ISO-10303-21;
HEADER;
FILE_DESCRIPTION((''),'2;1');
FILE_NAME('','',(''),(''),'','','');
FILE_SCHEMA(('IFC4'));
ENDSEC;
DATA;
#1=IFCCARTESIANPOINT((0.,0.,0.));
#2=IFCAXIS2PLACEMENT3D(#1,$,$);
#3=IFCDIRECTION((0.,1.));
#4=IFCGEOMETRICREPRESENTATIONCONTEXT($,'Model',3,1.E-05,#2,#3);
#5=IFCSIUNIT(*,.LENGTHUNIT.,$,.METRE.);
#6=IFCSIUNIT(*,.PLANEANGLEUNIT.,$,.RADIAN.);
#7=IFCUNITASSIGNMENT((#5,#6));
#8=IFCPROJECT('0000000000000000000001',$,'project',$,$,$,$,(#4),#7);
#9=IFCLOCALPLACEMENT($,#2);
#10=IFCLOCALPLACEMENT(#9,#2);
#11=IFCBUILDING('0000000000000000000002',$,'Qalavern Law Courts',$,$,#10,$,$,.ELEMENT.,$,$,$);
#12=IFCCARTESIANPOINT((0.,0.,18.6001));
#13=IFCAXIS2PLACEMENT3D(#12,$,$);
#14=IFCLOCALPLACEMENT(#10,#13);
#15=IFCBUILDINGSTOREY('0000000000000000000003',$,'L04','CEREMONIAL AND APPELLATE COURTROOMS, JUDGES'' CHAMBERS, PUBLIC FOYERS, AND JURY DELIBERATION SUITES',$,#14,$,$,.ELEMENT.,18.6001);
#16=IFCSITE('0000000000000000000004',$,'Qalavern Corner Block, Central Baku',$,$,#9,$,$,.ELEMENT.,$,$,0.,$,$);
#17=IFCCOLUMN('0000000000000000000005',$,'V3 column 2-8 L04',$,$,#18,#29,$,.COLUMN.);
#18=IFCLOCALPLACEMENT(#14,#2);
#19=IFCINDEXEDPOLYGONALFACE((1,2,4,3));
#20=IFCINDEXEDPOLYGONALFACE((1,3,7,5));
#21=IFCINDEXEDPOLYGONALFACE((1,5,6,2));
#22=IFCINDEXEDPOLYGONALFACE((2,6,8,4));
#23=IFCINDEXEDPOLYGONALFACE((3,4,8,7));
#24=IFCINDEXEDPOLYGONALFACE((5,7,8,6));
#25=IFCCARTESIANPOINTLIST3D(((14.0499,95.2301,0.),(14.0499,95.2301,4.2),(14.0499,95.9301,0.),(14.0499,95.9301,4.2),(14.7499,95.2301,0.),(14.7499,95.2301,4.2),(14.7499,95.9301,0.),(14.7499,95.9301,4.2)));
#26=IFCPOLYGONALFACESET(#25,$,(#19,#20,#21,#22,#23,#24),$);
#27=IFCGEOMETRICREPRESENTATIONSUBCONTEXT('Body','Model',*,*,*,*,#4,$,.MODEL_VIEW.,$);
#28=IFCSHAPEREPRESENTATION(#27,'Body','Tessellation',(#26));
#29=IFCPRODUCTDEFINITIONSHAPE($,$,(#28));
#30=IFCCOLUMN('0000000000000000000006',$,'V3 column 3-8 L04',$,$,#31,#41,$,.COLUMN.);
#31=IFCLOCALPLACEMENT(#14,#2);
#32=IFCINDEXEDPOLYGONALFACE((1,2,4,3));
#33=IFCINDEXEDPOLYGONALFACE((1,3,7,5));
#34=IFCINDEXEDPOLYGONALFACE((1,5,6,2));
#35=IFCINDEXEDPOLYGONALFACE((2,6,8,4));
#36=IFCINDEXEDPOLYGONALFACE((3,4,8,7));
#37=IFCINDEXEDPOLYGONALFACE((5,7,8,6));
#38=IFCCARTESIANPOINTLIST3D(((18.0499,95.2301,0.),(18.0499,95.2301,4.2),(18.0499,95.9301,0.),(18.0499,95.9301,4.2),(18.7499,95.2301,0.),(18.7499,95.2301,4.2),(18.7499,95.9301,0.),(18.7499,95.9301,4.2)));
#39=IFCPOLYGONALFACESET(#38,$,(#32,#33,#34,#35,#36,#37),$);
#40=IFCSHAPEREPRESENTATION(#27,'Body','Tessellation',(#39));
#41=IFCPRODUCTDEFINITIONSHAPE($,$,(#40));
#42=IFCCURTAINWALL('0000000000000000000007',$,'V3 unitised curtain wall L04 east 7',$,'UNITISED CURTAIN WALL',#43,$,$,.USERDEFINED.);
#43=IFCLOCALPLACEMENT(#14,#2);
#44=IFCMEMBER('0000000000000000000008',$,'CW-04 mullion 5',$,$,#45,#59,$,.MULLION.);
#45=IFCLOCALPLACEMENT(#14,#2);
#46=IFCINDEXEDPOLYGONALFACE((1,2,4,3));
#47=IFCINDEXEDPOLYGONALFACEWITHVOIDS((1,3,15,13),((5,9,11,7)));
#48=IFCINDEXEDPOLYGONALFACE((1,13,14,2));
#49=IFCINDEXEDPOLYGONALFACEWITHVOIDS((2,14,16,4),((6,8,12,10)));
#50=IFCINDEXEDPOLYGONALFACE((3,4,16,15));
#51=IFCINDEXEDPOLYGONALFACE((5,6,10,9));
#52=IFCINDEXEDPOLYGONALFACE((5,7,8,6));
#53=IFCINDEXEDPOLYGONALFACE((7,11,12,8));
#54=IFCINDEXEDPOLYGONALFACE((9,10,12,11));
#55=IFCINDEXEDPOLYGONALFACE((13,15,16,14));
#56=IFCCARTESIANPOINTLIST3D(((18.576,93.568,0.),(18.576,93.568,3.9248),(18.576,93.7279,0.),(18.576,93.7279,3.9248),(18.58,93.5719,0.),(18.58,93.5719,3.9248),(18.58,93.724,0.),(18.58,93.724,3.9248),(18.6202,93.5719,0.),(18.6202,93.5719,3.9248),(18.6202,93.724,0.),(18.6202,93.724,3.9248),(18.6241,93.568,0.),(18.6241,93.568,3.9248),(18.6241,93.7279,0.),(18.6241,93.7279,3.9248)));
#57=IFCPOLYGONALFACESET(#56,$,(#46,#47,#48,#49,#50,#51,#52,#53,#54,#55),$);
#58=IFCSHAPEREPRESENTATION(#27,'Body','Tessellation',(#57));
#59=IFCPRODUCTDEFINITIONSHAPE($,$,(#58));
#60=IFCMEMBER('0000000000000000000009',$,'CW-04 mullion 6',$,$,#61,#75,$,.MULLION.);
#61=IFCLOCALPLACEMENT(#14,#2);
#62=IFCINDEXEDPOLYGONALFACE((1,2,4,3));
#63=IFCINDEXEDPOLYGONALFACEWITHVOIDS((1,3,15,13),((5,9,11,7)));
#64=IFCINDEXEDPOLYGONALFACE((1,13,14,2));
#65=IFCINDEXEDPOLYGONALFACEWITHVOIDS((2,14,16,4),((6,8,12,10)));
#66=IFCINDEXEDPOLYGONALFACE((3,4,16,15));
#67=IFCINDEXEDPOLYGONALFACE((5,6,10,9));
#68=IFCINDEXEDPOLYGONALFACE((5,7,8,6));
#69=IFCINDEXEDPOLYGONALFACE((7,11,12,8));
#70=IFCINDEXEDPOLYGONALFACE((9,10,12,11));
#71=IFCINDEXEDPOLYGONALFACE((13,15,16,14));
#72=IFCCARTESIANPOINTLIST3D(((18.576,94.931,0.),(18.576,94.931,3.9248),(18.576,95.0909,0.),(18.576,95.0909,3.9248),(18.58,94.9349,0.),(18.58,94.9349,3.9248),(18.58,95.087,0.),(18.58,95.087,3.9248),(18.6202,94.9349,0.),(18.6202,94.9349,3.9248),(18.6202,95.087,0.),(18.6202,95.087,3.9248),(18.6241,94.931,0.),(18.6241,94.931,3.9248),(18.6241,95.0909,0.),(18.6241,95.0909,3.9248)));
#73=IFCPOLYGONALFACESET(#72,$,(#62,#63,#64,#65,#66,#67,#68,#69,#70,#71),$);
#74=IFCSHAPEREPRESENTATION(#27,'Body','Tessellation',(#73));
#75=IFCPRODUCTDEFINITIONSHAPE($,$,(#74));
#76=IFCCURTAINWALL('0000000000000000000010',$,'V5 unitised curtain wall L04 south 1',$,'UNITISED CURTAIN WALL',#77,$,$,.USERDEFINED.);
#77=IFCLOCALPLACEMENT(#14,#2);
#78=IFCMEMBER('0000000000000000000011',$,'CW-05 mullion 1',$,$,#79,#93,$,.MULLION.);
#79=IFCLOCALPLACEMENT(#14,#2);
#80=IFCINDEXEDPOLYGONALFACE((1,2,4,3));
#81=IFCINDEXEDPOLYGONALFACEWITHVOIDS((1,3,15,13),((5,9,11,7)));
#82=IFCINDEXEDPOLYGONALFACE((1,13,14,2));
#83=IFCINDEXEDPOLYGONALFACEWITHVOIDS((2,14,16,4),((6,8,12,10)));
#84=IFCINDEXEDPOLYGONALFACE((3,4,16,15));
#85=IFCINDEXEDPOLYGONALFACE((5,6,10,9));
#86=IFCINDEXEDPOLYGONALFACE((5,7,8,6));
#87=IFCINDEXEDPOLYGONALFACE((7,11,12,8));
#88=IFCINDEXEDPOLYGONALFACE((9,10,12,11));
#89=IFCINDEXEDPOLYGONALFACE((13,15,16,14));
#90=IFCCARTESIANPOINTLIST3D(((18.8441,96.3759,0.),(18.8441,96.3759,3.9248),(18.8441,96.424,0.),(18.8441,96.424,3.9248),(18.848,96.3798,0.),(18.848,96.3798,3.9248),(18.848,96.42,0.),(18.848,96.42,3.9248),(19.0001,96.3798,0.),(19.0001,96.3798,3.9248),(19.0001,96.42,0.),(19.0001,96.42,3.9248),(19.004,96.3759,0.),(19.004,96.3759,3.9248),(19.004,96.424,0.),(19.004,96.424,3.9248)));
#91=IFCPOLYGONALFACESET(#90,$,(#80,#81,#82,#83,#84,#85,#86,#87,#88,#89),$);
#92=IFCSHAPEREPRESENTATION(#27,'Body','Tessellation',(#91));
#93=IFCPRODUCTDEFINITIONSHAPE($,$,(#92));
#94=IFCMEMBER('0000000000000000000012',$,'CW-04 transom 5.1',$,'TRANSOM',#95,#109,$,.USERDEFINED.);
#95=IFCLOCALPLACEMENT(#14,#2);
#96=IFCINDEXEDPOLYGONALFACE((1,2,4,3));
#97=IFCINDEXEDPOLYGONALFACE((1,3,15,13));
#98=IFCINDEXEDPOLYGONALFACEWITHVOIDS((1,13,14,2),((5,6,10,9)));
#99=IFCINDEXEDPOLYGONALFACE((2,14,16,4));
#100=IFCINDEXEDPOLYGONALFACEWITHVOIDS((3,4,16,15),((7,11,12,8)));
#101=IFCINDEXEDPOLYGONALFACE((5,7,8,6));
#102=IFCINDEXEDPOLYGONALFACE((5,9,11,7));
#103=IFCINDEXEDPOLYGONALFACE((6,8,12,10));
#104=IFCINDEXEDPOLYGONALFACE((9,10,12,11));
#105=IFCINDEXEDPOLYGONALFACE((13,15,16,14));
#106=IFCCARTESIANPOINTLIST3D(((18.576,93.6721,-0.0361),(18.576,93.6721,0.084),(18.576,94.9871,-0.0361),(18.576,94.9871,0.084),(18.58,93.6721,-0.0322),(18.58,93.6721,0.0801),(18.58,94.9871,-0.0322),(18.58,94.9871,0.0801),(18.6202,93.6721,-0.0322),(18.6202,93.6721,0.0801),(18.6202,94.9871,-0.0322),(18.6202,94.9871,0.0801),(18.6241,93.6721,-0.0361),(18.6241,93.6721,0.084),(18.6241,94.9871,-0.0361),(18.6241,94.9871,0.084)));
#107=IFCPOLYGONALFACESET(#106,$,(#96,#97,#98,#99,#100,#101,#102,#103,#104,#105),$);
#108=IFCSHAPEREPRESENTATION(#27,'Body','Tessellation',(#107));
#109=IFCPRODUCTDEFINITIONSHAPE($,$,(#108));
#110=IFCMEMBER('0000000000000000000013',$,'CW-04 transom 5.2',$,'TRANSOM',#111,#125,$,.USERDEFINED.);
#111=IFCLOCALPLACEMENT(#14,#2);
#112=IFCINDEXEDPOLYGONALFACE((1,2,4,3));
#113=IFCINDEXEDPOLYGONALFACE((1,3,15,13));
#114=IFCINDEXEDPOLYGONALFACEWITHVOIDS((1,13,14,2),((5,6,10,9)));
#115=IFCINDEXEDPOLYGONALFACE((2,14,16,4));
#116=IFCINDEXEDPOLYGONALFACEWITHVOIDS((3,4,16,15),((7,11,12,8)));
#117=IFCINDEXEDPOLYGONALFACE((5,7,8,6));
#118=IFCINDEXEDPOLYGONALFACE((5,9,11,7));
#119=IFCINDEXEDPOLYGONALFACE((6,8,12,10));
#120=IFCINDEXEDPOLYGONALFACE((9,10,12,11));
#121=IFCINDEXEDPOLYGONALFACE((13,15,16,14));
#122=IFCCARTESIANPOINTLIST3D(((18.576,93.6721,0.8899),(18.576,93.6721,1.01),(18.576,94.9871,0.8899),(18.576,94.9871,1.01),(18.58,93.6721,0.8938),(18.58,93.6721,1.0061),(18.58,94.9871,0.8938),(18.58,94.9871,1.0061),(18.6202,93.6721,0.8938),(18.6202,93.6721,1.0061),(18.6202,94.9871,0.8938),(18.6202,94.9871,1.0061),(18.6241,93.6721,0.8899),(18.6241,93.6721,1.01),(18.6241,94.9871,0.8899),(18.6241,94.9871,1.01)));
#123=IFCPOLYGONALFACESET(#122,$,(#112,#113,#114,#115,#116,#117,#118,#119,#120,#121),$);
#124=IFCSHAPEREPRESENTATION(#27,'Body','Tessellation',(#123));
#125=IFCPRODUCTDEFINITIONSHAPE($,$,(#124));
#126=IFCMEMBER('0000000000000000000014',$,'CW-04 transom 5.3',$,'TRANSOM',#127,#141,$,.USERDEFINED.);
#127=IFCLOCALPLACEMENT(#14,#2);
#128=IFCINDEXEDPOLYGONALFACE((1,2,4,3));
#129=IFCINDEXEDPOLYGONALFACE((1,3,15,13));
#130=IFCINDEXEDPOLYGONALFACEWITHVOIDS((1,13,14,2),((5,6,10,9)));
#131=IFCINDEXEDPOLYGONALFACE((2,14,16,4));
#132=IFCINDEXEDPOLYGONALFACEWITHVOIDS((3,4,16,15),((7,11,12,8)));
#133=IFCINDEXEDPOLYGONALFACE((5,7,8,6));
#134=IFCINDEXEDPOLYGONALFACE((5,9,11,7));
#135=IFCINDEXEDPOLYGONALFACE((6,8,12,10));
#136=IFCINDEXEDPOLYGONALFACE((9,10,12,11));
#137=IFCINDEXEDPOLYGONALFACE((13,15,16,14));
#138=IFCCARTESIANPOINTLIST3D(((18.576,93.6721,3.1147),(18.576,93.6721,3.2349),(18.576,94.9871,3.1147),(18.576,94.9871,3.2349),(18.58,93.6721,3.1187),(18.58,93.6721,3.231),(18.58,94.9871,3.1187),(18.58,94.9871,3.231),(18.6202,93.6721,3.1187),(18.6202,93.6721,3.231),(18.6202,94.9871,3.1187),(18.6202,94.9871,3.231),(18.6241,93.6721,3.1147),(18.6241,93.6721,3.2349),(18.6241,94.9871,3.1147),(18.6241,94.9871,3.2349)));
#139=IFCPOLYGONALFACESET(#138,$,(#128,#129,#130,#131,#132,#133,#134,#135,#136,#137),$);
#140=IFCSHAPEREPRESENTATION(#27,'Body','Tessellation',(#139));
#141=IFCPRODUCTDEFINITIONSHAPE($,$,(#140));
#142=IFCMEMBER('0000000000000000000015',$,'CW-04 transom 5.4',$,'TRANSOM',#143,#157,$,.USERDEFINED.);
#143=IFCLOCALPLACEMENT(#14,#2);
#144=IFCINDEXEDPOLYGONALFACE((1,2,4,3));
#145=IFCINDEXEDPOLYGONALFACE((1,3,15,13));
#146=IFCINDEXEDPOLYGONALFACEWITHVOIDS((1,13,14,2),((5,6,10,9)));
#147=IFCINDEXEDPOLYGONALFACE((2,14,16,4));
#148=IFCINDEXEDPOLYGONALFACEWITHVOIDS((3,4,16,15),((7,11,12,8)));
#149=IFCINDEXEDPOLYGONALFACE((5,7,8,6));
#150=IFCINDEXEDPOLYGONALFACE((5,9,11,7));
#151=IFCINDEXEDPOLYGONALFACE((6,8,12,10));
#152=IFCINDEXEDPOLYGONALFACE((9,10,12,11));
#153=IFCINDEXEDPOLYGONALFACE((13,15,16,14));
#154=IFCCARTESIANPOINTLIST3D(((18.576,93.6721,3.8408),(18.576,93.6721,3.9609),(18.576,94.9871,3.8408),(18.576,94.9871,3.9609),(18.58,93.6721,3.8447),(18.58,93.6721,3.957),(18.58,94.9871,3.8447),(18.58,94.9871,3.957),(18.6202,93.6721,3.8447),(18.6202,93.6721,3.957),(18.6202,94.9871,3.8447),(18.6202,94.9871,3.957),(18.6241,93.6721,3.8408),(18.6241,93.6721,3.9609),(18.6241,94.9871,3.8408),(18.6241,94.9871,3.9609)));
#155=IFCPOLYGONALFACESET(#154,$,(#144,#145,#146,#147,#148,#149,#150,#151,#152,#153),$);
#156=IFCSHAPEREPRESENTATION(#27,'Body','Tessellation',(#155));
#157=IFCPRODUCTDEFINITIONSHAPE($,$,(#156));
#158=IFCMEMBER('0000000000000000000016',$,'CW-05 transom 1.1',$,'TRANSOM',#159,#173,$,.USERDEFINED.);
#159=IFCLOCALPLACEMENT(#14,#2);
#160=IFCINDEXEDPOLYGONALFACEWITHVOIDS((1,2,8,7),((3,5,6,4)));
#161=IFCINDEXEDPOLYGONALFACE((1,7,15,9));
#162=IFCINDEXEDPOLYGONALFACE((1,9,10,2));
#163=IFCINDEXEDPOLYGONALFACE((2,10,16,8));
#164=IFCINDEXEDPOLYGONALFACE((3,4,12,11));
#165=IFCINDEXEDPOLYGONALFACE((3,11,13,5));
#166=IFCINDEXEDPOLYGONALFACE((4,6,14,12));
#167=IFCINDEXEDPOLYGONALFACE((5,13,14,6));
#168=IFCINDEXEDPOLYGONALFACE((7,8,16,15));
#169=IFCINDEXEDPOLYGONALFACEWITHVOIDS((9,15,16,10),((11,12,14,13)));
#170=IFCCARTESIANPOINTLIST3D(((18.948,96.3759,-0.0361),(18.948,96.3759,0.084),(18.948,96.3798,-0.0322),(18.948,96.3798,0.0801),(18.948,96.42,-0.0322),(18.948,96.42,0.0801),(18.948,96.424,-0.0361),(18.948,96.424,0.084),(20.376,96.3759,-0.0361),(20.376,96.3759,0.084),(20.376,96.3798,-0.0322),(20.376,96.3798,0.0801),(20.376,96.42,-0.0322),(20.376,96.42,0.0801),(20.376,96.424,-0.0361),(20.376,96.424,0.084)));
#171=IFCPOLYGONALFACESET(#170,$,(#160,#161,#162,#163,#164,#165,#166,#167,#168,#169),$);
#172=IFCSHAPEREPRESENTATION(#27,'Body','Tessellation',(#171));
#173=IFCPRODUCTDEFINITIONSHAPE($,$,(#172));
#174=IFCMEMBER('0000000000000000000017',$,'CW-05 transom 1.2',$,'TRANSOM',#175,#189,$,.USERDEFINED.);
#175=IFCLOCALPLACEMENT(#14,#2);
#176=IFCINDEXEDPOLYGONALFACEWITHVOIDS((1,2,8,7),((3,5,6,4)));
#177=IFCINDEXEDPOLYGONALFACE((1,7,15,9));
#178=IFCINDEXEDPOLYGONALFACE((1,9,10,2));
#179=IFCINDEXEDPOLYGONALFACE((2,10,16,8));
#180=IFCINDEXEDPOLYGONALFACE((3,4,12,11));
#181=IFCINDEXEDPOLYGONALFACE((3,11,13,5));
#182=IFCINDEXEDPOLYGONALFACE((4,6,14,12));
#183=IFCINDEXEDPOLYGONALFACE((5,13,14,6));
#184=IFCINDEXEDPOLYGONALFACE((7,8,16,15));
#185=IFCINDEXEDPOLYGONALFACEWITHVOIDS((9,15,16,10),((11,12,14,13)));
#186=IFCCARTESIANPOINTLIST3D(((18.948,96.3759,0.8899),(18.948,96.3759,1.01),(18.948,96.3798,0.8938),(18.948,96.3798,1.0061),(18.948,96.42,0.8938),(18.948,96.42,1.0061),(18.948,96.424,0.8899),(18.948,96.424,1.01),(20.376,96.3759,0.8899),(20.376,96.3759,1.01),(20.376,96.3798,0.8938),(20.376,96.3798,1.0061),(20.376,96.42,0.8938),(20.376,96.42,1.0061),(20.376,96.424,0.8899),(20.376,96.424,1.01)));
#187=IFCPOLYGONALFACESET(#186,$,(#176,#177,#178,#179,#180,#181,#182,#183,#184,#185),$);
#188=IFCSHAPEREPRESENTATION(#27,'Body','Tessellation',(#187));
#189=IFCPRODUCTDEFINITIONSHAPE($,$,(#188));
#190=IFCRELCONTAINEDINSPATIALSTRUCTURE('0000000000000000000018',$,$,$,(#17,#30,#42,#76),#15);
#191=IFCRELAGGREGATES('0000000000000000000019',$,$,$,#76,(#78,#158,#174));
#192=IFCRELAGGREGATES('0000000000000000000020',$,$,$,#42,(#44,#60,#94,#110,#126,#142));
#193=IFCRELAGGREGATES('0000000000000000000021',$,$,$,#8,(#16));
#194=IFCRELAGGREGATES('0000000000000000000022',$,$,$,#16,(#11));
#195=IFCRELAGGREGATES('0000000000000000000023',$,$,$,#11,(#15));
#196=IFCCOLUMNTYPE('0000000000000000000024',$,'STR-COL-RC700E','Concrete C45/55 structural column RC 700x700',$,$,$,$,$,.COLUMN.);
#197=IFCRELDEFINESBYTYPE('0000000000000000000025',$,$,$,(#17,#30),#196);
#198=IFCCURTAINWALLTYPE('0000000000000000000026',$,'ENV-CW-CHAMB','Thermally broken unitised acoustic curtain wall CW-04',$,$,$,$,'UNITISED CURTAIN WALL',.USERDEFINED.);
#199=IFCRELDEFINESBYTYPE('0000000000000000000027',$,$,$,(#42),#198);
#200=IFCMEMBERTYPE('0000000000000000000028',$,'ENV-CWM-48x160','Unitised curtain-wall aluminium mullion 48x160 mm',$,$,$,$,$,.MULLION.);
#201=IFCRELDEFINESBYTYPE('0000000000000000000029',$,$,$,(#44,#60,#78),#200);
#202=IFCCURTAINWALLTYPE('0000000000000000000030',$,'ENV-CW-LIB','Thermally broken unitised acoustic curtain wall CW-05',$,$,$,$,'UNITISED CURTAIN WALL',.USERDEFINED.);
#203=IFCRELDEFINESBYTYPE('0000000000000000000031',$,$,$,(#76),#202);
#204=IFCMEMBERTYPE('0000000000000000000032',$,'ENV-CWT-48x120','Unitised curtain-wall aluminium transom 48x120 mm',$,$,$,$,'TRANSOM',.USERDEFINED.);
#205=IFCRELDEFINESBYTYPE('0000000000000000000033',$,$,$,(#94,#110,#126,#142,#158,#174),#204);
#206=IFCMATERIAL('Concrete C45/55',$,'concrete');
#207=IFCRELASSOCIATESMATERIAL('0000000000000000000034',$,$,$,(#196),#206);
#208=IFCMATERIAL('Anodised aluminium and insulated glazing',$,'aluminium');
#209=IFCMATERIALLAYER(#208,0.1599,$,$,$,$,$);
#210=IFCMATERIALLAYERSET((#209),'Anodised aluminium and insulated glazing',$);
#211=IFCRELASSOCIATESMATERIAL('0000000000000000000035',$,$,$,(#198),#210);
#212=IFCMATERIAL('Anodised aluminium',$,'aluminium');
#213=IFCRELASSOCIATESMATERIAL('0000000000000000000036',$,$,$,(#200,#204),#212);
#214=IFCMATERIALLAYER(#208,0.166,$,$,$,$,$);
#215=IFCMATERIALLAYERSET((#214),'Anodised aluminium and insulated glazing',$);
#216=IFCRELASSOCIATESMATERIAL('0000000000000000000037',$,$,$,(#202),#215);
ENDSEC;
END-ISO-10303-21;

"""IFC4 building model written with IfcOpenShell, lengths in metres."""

from ifc_helpers import new_model, si_unit, direction, frame, origin, origin_2d, place, context, subcontext, project, spatial, rectangle, hollow_rectangle, extrude, material, layer, layer_set, material_profile, profile_set, type_object, element, aggregate, save


model = new_model("IFC4")

# Units and contexts
model_context = context("Model", 3, precision=1e-05, world=origin(), true_north=direction((0.0, 1.0)))
body_context = subcontext(model_context, "Body", "Model", "MODEL_VIEW")
ifc_project = project(units=[si_unit("LENGTHUNIT", "METRE"), si_unit("PLANEANGLEUNIT", "RADIAN")], contexts=[model_context])

# Site, building, storey
site_placement = place(None, origin())
site = spatial("IfcSite", under=ifc_project, at=site_placement, Name="Qalavern Corner Block, Central Baku", CompositionType="ELEMENT", RefElevation=0.0)
building_placement = place(site_placement, origin())
building = spatial("IfcBuilding", under=site, at=building_placement, Name="Qalavern Law Courts", CompositionType="ELEMENT")
storey_placement = place(building_placement, frame((0.0, 0.0, 18.6001)))
storey = spatial("IfcBuildingStorey", under=building, at=storey_placement, Name="L04", Description="CEREMONIAL AND APPELLATE COURTROOMS, JUDGES' CHAMBERS, PUBLIC FOYERS, AND JURY DELIBERATION SUITES", CompositionType="ELEMENT", Elevation=18.6001)

# Columns
ifc_material_1 = material(Name="Concrete C45/55", Category="concrete")
ifc_material_profile_1 = material_profile(ifc_material_1, rectangle(XDim=0.7, YDim=0.7, at=origin_2d()), Name="RC 700x700")
ifc_profile_set_1 = profile_set([ifc_material_profile_1], Name="Concrete C45/55")
column_type = type_object("IfcColumnType", Name="STR-COL-RC700E", Description="Concrete C45/55 structural column RC 700x700", PredefinedType="COLUMN", material=ifc_profile_set_1)
for number, where, z_axis, x_axis, name in (
    (1, (14.3999, 95.5801, 0.0), (0.0, 0.0, 1.0), (1.0, 0.0, 0.0), "V3 column 2-8 L04"),
    (2, (18.3999, 95.5801, 0.0), (0.0, 0.0, 1.0), (1.0, 0.0, 0.0), "V3 column 3-8 L04"),
):
    element("IfcColumn", number, at=place(storey_placement, frame(where, z_axis=z_axis, x_axis=x_axis)), inside=storey, type_object=column_type, Name=name, PredefinedType="COLUMN", context=body_context, shape_type="SweptSolid", body=[
        extrude(rectangle(XDim=0.7, YDim=0.7, at=origin_2d()), origin(), (0.0, 0.0, 1.0), 4.2),
    ])

# Curtain wall, members
ifc_material_2 = material(Name="Anodised aluminium and insulated glazing", Category="aluminium")
ifc_layer_1 = layer(ifc_material_2, 0.1599)
ifc_layer_set_1 = layer_set([ifc_layer_1], Name="Anodised aluminium and insulated glazing")
curtain_wall_type_1 = type_object("IfcCurtainWallType", Name="ENV-CW-CHAMB", Description="Thermally broken unitised acoustic curtain wall CW-04", ElementType="UNITISED CURTAIN WALL", PredefinedType="USERDEFINED", material=ifc_layer_set_1)
curtain_wall_1_placement = place(storey_placement, origin())
curtain_wall_1 = element("IfcCurtainWall", 3, at=curtain_wall_1_placement, inside=storey, type_object=curtain_wall_type_1, Name="V3 unitised curtain wall L04 east 7", ObjectType="UNITISED CURTAIN WALL", PredefinedType="USERDEFINED")
ifc_material_3 = material(Name="Anodised aluminium", Category="aluminium")
ifc_material_profile_2 = material_profile(ifc_material_3, hollow_rectangle(XDim=0.0481, YDim=0.1599, WallThickness=0.0039, at=origin_2d()), Name="ALU MULLION 48x160")
ifc_profile_set_2 = profile_set([ifc_material_profile_2], Name="Anodised aluminium")
member_type_1 = type_object("IfcMemberType", Name="ENV-CWM-48x160", Description="Unitised curtain-wall aluminium mullion 48x160 mm", PredefinedType="MULLION", material=ifc_profile_set_2)
member_1_placement = place(storey_placement, frame((18.6001, 93.6479, 0.0), z_axis=(0.0, 0.0, 1.0), x_axis=(-1.0, 0.0, 0.0)))
member_1 = element("IfcMember", 4, at=member_1_placement, type_object=member_type_1, Name="CW-04 mullion 5", PredefinedType="MULLION", context=body_context, shape_type="SweptSolid", body=[
    extrude(hollow_rectangle(XDim=0.0481, YDim=0.1599, WallThickness=0.0039, at=origin_2d()), origin(), (0.0, 0.0, 1.0), 3.9248),
])
member_2_placement = place(storey_placement, frame((18.6001, 95.011, 0.0), z_axis=(0.0, 0.0, 1.0), x_axis=(-1.0, 0.0, 0.0)))
member_2 = element("IfcMember", 5, at=member_2_placement, type_object=member_type_1, Name="CW-04 mullion 6", PredefinedType="MULLION", context=body_context, shape_type="SweptSolid", body=[
    extrude(hollow_rectangle(XDim=0.0481, YDim=0.1599, WallThickness=0.0039, at=origin_2d()), origin(), (0.0, 0.0, 1.0), 3.9248),
])

# Curtain wall, member
ifc_layer_2 = layer(ifc_material_2, 0.166)
ifc_layer_set_2 = layer_set([ifc_layer_2], Name="Anodised aluminium and insulated glazing")
curtain_wall_type_2 = type_object("IfcCurtainWallType", Name="ENV-CW-LIB", Description="Thermally broken unitised acoustic curtain wall CW-05", ElementType="UNITISED CURTAIN WALL", PredefinedType="USERDEFINED", material=ifc_layer_set_2)
curtain_wall_2_placement = place(storey_placement, origin())
curtain_wall_2 = element("IfcCurtainWall", 6, at=curtain_wall_2_placement, inside=storey, type_object=curtain_wall_type_2, Name="V5 unitised curtain wall L04 south 1", ObjectType="UNITISED CURTAIN WALL", PredefinedType="USERDEFINED")
member_3_placement = place(storey_placement, frame((18.9241, 96.3999, 0.0), z_axis=(0.0, 0.0, 1.0), x_axis=(0.0, 1.0, 0.0)))
member_3 = element("IfcMember", 7, at=member_3_placement, type_object=member_type_1, Name="CW-05 mullion 1", PredefinedType="MULLION", context=body_context, shape_type="SweptSolid", body=[
    extrude(hollow_rectangle(XDim=0.0481, YDim=0.1599, WallThickness=0.0039, at=origin_2d()), origin(), (0.0, 0.0, 1.0), 3.9248),
])

# Members
ifc_material_profile_3 = material_profile(ifc_material_3, hollow_rectangle(XDim=0.0481, YDim=0.1201, WallThickness=0.0039, at=origin_2d()), Name="ALU TRANSOM 48x120")
ifc_profile_set_3 = profile_set([ifc_material_profile_3], Name="Anodised aluminium")
member_type_2 = type_object("IfcMemberType", Name="ENV-CWT-48x120", Description="Unitised curtain-wall aluminium transom 48x120 mm", ElementType="TRANSOM", PredefinedType="USERDEFINED", material=ifc_profile_set_3)
member_4_placement = place(storey_placement, frame((18.6001, 93.6721, 0.0239), z_axis=(0.0, 1.0, 0.0), x_axis=(-1.0, 0.0, 0.0)))
member_4 = element("IfcMember", 8, at=member_4_placement, type_object=member_type_2, Name="CW-04 transom 5.1", ObjectType="TRANSOM", PredefinedType="USERDEFINED", context=body_context, shape_type="SweptSolid", body=[
    extrude(hollow_rectangle(XDim=0.0481, YDim=0.1201, WallThickness=0.0039, at=origin_2d()), origin(), (0.0, 0.0, 1.0), 1.3149),
])
member_5_placement = place(storey_placement, frame((18.6001, 93.6721, 0.95), z_axis=(0.0, 1.0, 0.0), x_axis=(-1.0, 0.0, 0.0)))
member_5 = element("IfcMember", 9, at=member_5_placement, type_object=member_type_2, Name="CW-04 transom 5.2", ObjectType="TRANSOM", PredefinedType="USERDEFINED", context=body_context, shape_type="SweptSolid", body=[
    extrude(hollow_rectangle(XDim=0.0481, YDim=0.1201, WallThickness=0.0039, at=origin_2d()), origin(), (0.0, 0.0, 1.0), 1.3149),
])
member_6_placement = place(storey_placement, frame((18.6001, 93.6721, 3.1748), z_axis=(0.0, 1.0, 0.0), x_axis=(-1.0, 0.0, 0.0)))
member_6 = element("IfcMember", 10, at=member_6_placement, type_object=member_type_2, Name="CW-04 transom 5.3", ObjectType="TRANSOM", PredefinedType="USERDEFINED", context=body_context, shape_type="SweptSolid", body=[
    extrude(hollow_rectangle(XDim=0.0481, YDim=0.1201, WallThickness=0.0039, at=origin_2d()), origin(), (0.0, 0.0, 1.0), 1.3149),
])
member_7_placement = place(storey_placement, frame((18.6001, 93.6721, 3.9009), z_axis=(0.0, 1.0, 0.0), x_axis=(-1.0, 0.0, 0.0)))
member_7 = element("IfcMember", 11, at=member_7_placement, type_object=member_type_2, Name="CW-04 transom 5.4", ObjectType="TRANSOM", PredefinedType="USERDEFINED", context=body_context, shape_type="SweptSolid", body=[
    extrude(hollow_rectangle(XDim=0.0481, YDim=0.1201, WallThickness=0.0039, at=origin_2d()), origin(), (0.0, 0.0, 1.0), 1.3149),
])
member_8_placement = place(storey_placement, frame((18.948, 96.3999, 0.0239), z_axis=(1.0, 0.0, 0.0), x_axis=(0.0, 1.0, 0.0)))
member_8 = element("IfcMember", 12, at=member_8_placement, type_object=member_type_2, Name="CW-05 transom 1.1", ObjectType="TRANSOM", PredefinedType="USERDEFINED", context=body_context, shape_type="SweptSolid", body=[
    extrude(hollow_rectangle(XDim=0.0481, YDim=0.1201, WallThickness=0.0039, at=origin_2d()), origin(), (0.0, 0.0, 1.0), 1.428),
])
member_9_placement = place(storey_placement, frame((18.948, 96.3999, 0.95), z_axis=(1.0, 0.0, 0.0), x_axis=(0.0, 1.0, 0.0)))
member_9 = element("IfcMember", 13, at=member_9_placement, type_object=member_type_2, Name="CW-05 transom 1.2", ObjectType="TRANSOM", PredefinedType="USERDEFINED", context=body_context, shape_type="SweptSolid", body=[
    extrude(hollow_rectangle(XDim=0.0481, YDim=0.1201, WallThickness=0.0039, at=origin_2d()), origin(), (0.0, 0.0, 1.0), 1.428),
])

aggregate(curtain_wall_2, [member_3, member_8, member_9])
aggregate(curtain_wall_1, [member_1, member_2, member_4, member_5, member_6, member_7])

save(model, "model.ifc")
